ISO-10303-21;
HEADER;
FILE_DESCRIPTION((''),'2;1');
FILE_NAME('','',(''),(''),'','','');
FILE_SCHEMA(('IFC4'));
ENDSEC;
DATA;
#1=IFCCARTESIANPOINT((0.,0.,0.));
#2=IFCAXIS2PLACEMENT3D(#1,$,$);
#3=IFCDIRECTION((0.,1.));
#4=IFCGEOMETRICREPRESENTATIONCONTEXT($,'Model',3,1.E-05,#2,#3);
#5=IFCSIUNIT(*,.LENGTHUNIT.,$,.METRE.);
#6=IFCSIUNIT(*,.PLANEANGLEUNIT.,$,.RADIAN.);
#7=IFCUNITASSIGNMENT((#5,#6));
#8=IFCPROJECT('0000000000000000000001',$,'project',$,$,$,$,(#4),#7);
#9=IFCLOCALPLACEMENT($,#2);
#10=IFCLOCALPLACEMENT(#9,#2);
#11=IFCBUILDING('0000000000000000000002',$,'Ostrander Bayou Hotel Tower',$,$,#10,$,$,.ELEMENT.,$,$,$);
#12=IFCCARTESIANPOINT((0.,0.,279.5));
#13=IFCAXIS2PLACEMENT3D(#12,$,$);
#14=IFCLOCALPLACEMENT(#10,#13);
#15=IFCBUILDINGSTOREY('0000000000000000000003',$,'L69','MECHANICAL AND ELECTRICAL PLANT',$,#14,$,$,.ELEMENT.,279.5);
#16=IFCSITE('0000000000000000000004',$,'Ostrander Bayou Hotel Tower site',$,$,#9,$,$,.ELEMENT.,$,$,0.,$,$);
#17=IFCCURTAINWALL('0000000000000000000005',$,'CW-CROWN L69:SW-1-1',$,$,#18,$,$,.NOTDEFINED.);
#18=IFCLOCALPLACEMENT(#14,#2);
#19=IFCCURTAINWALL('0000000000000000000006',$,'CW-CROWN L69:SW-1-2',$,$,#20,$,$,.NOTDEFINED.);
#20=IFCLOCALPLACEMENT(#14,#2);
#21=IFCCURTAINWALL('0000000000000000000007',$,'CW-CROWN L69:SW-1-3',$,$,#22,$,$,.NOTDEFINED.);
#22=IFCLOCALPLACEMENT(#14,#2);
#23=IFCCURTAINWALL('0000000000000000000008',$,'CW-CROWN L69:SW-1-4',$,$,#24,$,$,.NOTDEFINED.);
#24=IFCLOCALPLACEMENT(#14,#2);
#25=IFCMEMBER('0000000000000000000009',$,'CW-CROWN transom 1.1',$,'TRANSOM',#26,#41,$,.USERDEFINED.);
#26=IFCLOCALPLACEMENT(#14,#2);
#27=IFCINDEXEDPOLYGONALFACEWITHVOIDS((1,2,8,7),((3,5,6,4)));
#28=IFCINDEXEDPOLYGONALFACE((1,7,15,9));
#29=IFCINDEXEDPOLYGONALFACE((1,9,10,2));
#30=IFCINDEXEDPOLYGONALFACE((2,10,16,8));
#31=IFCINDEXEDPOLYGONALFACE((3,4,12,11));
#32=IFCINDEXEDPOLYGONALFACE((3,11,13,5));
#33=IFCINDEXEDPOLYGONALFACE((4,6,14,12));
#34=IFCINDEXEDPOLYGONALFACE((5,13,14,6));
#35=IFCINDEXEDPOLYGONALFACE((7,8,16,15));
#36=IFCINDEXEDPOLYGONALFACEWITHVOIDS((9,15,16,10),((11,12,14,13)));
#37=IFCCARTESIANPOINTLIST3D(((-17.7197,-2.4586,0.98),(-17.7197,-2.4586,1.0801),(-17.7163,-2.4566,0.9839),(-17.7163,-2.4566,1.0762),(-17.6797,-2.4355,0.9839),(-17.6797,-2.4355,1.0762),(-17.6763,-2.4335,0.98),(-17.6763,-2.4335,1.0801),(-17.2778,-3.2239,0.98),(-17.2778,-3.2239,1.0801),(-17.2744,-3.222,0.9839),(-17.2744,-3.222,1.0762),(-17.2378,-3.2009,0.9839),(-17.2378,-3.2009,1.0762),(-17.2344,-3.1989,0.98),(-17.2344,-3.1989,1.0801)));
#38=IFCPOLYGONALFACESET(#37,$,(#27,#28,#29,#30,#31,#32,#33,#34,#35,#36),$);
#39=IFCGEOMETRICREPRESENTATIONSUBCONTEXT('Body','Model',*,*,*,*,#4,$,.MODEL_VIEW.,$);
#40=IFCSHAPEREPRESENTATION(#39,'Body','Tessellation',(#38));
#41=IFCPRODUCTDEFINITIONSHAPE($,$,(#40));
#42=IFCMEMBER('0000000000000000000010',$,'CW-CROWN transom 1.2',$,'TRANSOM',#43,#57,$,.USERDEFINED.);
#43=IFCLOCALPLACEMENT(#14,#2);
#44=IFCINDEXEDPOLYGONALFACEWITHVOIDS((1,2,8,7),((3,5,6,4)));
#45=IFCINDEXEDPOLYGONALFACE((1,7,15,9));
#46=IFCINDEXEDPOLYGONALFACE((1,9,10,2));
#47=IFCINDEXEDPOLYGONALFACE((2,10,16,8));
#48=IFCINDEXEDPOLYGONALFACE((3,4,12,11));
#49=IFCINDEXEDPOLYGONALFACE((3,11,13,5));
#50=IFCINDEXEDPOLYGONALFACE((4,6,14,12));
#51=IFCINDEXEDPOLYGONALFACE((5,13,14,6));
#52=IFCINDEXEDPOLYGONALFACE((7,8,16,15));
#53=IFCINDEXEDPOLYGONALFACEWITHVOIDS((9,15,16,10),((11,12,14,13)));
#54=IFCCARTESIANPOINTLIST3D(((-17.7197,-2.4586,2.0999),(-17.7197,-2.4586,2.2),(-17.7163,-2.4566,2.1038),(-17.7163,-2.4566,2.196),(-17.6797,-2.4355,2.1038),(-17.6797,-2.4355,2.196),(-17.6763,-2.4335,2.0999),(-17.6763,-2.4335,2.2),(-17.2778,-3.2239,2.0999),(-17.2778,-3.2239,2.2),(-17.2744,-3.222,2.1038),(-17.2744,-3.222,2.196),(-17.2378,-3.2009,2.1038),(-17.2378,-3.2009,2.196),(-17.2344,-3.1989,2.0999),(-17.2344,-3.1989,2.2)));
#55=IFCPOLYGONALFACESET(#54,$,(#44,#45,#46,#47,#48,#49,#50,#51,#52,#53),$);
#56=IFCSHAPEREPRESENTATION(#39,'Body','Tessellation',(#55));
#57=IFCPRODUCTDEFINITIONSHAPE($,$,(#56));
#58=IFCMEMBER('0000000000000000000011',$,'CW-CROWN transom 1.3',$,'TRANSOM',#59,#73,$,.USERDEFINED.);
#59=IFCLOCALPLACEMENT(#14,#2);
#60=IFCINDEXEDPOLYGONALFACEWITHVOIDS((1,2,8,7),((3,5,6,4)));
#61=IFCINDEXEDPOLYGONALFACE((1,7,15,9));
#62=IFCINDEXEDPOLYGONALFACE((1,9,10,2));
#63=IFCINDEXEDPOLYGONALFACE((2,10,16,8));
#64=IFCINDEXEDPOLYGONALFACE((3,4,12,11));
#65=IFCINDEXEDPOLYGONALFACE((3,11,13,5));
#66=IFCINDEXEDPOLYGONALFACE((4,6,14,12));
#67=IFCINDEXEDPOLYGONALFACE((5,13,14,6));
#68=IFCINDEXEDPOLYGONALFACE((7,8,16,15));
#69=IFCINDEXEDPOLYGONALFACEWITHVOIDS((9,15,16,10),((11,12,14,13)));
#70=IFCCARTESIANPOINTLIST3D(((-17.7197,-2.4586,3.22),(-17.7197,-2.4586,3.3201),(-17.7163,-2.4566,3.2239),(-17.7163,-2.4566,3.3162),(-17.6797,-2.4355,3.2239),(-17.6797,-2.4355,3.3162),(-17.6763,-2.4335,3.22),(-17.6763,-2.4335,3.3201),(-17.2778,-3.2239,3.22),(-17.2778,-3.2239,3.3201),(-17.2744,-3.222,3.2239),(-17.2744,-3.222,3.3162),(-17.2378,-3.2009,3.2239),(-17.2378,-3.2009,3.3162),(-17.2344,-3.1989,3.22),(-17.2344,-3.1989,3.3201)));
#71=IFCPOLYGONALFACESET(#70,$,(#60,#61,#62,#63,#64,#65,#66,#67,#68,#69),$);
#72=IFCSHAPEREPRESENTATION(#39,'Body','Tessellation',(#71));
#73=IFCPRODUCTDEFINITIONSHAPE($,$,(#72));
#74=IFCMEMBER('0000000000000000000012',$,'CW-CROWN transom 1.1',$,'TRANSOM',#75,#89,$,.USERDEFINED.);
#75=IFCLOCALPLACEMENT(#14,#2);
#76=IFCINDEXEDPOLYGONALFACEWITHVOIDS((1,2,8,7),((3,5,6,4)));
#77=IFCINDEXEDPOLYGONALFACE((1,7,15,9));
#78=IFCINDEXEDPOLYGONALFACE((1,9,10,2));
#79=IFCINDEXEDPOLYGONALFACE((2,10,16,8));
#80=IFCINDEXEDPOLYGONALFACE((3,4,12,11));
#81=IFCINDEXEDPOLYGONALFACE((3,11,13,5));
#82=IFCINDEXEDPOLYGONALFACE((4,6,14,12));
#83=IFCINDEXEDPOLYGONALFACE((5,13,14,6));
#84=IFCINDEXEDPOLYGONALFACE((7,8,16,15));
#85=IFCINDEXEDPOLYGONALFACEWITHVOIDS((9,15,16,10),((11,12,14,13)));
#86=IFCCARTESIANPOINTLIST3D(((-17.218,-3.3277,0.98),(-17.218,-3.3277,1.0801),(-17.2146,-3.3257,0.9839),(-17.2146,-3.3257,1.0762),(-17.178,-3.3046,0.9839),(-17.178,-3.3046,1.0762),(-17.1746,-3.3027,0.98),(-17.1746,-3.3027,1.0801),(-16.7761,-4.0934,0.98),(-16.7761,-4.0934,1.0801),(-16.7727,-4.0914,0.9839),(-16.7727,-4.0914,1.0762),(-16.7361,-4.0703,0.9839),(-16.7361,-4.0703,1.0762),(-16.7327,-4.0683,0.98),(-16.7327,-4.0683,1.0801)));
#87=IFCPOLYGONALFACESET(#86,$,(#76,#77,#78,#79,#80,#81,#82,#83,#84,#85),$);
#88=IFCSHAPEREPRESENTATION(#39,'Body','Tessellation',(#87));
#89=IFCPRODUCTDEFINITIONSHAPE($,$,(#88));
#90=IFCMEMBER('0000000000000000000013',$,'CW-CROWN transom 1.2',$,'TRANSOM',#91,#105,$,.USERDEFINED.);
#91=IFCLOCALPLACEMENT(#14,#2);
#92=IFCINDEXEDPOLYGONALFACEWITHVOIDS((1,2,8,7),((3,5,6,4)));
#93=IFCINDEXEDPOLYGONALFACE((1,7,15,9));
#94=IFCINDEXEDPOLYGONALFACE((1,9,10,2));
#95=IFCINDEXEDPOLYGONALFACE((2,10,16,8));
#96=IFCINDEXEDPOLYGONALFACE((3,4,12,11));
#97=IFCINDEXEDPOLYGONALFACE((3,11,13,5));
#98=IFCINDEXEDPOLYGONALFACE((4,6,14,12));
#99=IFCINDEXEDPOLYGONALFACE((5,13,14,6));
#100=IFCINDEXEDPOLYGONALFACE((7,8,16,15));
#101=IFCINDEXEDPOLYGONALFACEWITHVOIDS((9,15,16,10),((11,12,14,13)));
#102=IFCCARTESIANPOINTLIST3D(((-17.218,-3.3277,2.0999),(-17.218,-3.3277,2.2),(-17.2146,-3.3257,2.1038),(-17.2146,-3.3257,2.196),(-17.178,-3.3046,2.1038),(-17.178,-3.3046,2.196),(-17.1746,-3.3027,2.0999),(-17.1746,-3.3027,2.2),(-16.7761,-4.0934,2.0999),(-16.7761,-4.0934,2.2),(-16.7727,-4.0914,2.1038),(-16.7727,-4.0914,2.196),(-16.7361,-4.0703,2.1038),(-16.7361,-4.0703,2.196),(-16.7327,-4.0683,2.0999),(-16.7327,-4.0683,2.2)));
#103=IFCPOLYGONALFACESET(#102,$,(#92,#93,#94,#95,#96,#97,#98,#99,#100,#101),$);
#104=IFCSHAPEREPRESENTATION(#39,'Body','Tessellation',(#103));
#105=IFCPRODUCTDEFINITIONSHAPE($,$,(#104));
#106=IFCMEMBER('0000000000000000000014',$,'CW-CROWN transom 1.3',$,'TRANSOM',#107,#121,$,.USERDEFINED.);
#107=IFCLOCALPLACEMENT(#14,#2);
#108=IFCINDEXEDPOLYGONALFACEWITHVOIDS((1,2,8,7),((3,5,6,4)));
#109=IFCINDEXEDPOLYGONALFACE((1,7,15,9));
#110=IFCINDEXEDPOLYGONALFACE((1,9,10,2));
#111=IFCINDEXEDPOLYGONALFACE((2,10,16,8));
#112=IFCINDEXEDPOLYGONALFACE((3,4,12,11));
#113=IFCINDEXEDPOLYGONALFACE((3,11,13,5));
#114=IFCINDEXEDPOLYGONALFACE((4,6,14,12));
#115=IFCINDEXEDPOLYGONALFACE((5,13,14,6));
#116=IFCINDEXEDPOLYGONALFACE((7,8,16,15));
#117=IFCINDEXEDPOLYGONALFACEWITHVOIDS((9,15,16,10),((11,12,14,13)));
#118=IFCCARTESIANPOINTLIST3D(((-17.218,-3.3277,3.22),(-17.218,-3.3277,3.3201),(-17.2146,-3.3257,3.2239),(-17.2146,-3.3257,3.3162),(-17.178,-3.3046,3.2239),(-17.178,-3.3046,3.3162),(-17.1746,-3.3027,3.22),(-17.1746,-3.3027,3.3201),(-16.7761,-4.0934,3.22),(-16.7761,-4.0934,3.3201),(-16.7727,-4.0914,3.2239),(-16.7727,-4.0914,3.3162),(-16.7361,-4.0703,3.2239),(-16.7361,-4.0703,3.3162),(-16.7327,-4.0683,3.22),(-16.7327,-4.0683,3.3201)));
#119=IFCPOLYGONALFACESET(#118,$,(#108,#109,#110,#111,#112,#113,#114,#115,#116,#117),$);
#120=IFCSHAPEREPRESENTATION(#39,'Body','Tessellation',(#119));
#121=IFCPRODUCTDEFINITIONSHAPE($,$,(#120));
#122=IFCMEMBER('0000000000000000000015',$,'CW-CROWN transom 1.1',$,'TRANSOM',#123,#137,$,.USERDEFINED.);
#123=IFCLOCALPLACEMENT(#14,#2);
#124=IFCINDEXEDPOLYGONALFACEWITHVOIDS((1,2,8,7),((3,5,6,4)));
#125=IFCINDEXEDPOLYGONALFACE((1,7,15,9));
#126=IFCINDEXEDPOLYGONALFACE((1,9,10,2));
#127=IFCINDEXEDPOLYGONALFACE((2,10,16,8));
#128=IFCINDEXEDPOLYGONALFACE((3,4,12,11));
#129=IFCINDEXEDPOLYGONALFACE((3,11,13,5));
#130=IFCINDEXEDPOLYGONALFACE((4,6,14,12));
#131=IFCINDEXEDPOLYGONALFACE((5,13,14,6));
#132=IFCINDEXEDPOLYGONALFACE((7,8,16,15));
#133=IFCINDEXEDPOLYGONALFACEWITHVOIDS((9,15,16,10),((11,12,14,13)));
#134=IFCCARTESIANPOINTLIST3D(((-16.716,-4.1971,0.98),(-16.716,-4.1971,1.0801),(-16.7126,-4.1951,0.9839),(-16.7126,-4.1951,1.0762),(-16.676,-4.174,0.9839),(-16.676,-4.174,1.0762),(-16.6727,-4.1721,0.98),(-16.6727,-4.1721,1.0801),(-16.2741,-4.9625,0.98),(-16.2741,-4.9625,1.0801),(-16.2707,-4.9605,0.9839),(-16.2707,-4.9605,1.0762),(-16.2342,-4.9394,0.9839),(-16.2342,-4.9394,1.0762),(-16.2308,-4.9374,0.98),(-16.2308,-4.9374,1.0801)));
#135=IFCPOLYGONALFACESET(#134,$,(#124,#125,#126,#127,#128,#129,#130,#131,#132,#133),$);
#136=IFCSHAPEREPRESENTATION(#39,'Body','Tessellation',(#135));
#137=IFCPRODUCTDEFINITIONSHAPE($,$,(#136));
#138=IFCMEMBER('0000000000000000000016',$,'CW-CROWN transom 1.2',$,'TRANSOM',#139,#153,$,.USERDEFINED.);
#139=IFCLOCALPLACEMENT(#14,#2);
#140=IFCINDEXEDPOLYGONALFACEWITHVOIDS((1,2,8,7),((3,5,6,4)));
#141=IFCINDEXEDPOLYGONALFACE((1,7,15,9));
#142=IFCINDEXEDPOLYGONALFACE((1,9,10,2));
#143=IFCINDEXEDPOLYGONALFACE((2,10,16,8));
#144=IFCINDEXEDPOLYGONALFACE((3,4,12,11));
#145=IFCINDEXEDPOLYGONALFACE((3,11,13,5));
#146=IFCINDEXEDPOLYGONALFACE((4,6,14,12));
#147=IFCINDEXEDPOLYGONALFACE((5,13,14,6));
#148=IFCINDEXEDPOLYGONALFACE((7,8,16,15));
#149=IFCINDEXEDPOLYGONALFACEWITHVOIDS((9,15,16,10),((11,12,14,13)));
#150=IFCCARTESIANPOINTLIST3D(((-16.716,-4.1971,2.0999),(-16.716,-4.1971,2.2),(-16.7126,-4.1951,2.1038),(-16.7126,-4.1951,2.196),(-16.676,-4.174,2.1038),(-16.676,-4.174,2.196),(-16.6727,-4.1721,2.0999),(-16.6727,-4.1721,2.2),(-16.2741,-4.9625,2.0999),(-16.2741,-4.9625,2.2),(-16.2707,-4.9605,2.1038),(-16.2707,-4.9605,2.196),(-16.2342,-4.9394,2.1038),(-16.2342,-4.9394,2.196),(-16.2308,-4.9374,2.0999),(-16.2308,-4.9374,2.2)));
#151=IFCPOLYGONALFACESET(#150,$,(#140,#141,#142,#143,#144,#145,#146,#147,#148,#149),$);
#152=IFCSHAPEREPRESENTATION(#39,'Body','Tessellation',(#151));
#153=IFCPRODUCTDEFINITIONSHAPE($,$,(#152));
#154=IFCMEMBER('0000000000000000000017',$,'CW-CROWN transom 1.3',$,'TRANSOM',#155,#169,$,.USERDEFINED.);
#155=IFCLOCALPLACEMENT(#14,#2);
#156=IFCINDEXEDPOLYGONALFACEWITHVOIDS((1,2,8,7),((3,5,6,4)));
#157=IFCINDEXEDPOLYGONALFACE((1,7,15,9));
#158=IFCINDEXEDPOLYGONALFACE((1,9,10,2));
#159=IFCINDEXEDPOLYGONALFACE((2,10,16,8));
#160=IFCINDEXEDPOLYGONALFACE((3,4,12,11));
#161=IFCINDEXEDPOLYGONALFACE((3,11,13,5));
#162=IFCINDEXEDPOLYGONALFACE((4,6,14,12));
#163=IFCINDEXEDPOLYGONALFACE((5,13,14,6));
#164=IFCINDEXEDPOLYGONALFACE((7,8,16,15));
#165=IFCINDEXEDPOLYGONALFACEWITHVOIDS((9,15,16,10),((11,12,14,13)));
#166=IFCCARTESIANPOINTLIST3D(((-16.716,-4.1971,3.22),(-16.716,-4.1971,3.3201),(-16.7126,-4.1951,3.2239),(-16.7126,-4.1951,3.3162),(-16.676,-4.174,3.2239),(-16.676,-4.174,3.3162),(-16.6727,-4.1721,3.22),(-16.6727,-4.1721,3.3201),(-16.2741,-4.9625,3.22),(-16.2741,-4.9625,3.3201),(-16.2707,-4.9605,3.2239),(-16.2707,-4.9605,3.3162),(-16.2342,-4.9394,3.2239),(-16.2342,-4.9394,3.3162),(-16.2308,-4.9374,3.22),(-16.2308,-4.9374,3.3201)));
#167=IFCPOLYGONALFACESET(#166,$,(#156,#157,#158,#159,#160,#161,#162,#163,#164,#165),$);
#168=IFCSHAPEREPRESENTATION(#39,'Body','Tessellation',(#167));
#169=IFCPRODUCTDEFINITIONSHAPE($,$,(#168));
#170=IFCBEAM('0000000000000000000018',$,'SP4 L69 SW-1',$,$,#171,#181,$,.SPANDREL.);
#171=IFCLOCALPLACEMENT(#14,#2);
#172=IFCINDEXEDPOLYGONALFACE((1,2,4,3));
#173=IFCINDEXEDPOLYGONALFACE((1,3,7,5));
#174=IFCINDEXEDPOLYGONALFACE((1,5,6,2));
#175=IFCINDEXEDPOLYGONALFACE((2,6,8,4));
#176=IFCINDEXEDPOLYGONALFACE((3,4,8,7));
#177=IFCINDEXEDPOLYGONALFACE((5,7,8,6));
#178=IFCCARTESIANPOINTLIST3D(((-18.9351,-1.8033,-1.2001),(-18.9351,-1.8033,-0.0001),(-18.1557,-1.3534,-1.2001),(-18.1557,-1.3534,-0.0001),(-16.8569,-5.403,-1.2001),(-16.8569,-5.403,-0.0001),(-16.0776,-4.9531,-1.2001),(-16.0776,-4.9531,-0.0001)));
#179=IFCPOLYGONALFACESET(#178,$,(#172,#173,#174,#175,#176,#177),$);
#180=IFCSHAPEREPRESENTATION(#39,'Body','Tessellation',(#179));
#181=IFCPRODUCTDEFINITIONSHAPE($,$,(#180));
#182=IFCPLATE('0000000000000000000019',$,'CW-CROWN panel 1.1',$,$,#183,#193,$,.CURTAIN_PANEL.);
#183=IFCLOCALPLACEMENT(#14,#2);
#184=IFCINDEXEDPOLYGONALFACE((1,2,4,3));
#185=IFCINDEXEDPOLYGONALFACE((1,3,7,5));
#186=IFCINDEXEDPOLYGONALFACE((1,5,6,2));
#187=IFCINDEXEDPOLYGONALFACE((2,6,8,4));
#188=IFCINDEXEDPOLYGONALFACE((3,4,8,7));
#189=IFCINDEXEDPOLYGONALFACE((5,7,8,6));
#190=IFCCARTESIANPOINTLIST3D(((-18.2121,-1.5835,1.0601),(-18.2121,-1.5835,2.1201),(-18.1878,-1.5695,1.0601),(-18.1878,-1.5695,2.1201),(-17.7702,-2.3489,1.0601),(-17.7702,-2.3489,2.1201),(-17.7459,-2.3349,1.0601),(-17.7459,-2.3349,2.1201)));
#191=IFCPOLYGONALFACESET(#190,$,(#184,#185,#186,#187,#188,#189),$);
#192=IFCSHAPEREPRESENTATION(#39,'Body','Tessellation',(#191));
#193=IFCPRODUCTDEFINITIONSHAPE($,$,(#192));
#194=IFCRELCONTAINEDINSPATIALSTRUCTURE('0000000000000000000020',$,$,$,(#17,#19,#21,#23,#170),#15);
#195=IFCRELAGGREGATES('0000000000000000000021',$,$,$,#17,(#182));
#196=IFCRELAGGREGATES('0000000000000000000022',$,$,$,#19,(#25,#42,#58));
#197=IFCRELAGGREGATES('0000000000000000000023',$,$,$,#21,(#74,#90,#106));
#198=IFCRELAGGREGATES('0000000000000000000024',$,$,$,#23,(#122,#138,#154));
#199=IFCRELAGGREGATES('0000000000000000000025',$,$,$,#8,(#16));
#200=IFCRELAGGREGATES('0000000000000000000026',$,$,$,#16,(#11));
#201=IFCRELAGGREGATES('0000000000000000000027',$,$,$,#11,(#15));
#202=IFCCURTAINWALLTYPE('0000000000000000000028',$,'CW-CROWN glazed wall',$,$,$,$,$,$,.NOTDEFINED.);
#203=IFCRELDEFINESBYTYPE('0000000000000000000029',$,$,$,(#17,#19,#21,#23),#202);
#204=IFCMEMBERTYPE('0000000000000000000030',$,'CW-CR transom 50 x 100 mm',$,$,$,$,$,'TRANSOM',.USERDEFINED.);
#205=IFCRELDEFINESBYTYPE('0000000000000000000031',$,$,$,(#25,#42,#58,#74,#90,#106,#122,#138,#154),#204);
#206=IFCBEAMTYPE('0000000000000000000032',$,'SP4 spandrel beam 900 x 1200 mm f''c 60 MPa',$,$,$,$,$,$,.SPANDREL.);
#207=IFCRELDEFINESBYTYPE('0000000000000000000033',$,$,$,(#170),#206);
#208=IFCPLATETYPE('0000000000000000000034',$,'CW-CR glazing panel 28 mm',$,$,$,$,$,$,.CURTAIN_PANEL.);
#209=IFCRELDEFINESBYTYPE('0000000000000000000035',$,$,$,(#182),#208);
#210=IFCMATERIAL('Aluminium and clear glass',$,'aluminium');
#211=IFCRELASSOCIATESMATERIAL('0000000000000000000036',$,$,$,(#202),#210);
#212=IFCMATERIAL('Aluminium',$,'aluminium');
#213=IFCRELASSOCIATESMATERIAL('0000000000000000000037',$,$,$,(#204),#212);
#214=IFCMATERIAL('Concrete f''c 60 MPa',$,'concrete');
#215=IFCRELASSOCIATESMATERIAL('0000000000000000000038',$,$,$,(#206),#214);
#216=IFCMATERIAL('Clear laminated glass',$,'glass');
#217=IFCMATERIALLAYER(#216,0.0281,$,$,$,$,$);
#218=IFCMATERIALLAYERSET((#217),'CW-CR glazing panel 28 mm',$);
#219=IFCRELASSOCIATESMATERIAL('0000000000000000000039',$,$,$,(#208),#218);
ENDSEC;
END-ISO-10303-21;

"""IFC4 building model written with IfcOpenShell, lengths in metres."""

from ifc_helpers import new_model, si_unit, direction, frame, origin, origin_2d, place, context, subcontext, project, spatial, rectangle, hollow_rectangle, extrude, material, layer, layer_set, material_profile, profile_set, type_object, element, aggregate, save


model = new_model("IFC4")

# Units and contexts
model_context = context("Model", 3, precision=1e-05, world=origin(), true_north=direction((0.0, 1.0)))
body_context = subcontext(model_context, "Body", "Model", "MODEL_VIEW")
ifc_project = project(units=[si_unit("LENGTHUNIT", "METRE"), si_unit("PLANEANGLEUNIT", "RADIAN")], contexts=[model_context])

# Site, building, storey
site_placement = place(None, origin())
site = spatial("IfcSite", under=ifc_project, at=site_placement, Name="Ostrander Bayou Hotel Tower site", CompositionType="ELEMENT", RefElevation=0.0)
building_placement = place(site_placement, origin())
building = spatial("IfcBuilding", under=site, at=building_placement, Name="Ostrander Bayou Hotel Tower", CompositionType="ELEMENT")
storey_placement = place(building_placement, frame((0.0, 0.0, 279.5)))
storey = spatial("IfcBuildingStorey", under=building, at=storey_placement, Name="L69", Description="MECHANICAL AND ELECTRICAL PLANT", CompositionType="ELEMENT", Elevation=279.5)

# Curtain walls
ifc_material_1 = material(Name="Aluminium and clear glass", Category="aluminium")
curtain_wall_type = type_object("IfcCurtainWallType", Name="CW-CROWN glazed wall", PredefinedType="NOTDEFINED", material=ifc_material_1)
curtain_wall_1_placement = place(storey_placement, origin())
curtain_wall_1 = element("IfcCurtainWall", 1, at=curtain_wall_1_placement, inside=storey, type_object=curtain_wall_type, Name="CW-CROWN L69:SW-1-1", PredefinedType="NOTDEFINED")
curtain_wall_2_placement = place(storey_placement, origin())
curtain_wall_2 = element("IfcCurtainWall", 2, at=curtain_wall_2_placement, inside=storey, type_object=curtain_wall_type, Name="CW-CROWN L69:SW-1-2", PredefinedType="NOTDEFINED")
curtain_wall_3_placement = place(storey_placement, origin())
curtain_wall_3 = element("IfcCurtainWall", 3, at=curtain_wall_3_placement, inside=storey, type_object=curtain_wall_type, Name="CW-CROWN L69:SW-1-3", PredefinedType="NOTDEFINED")

# Curtain wall
curtain_wall_4_placement = place(storey_placement, origin())
curtain_wall_4 = element("IfcCurtainWall", 4, at=curtain_wall_4_placement, inside=storey, type_object=curtain_wall_type, Name="CW-CROWN L69:SW-1-4", PredefinedType="NOTDEFINED")

# Members
ifc_material_2 = material(Name="Aluminium", Category="aluminium")
ifc_material_profile_1 = material_profile(ifc_material_2, hollow_rectangle(XDim=0.05, YDim=0.1001, WallThickness=0.0039, at=origin_2d()))
ifc_profile_set_1 = profile_set([ifc_material_profile_1], Name="Aluminium")
member_type_1 = type_object("IfcMemberType", Name="CW-CR transom 50 x 100 mm", ElementType="TRANSOM", PredefinedType="USERDEFINED", material=ifc_profile_set_1)
member_1_placement = place(storey_placement, frame((-17.698, -2.446, 1.03), z_axis=(0.500001, -0.866025, 0.0), x_axis=(0.866025, 0.500001, 0.0)))
member_1 = element("IfcMember", 5, at=member_1_placement, type_object=member_type_1, Name="CW-CROWN transom 1.1", ObjectType="TRANSOM", PredefinedType="USERDEFINED", context=body_context, shape_type="SweptSolid", body=[
    extrude(hollow_rectangle(XDim=0.05, YDim=0.1001, WallThickness=0.0039, at=origin_2d()), origin(), (0.0, 0.0, 1.0), 0.8838),
])
member_2_placement = place(storey_placement, frame((-17.698, -2.446, 2.1499), z_axis=(0.500001, -0.866025, 0.0), x_axis=(0.866025, 0.500001, 0.0)))
member_2 = element("IfcMember", 6, at=member_2_placement, type_object=member_type_1, Name="CW-CROWN transom 1.2", ObjectType="TRANSOM", PredefinedType="USERDEFINED", context=body_context, shape_type="SweptSolid", body=[
    extrude(hollow_rectangle(XDim=0.05, YDim=0.1001, WallThickness=0.0039, at=origin_2d()), origin(), (0.0, 0.0, 1.0), 0.8838),
])
member_3_placement = place(storey_placement, frame((-17.698, -2.446, 3.27), z_axis=(0.500001, -0.866025, 0.0), x_axis=(0.866025, 0.500001, 0.0)))
member_3 = element("IfcMember", 7, at=member_3_placement, type_object=member_type_1, Name="CW-CROWN transom 1.3", ObjectType="TRANSOM", PredefinedType="USERDEFINED", context=body_context, shape_type="SweptSolid", body=[
    extrude(hollow_rectangle(XDim=0.05, YDim=0.1001, WallThickness=0.0039, at=origin_2d()), origin(), (0.0, 0.0, 1.0), 0.8838),
])
member_4_placement = place(storey_placement, frame((-17.1963, -3.3152, 1.03), z_axis=(0.499882, -0.866094, 0.0), x_axis=(0.866094, 0.499882, 0.0)))
member_4 = element("IfcMember", 8, at=member_4_placement, type_object=member_type_1, Name="CW-CROWN transom 1.1", ObjectType="TRANSOM", PredefinedType="USERDEFINED", context=body_context, shape_type="SweptSolid", body=[
    extrude(hollow_rectangle(XDim=0.05, YDim=0.1001, WallThickness=0.0039, at=origin_2d()), origin(), (0.0, 0.0, 1.0), 0.884),
])
member_5_placement = place(storey_placement, frame((-17.1963, -3.3152, 2.1499), z_axis=(0.499882, -0.866094, 0.0), x_axis=(0.866094, 0.499882, 0.0)))
member_5 = element("IfcMember", 9, at=member_5_placement, type_object=member_type_1, Name="CW-CROWN transom 1.2", ObjectType="TRANSOM", PredefinedType="USERDEFINED", context=body_context, shape_type="SweptSolid", body=[
    extrude(hollow_rectangle(XDim=0.05, YDim=0.1001, WallThickness=0.0039, at=origin_2d()), origin(), (0.0, 0.0, 1.0), 0.884),
])
member_6_placement = place(storey_placement, frame((-17.1963, -3.3152, 3.27), z_axis=(0.499882, -0.866094, 0.0), x_axis=(0.866094, 0.499882, 0.0)))
member_6 = element("IfcMember", 10, at=member_6_placement, type_object=member_type_1, Name="CW-CROWN transom 1.3", ObjectType="TRANSOM", PredefinedType="USERDEFINED", context=body_context, shape_type="SweptSolid", body=[
    extrude(hollow_rectangle(XDim=0.05, YDim=0.1001, WallThickness=0.0039, at=origin_2d()), origin(), (0.0, 0.0, 1.0), 0.884),
])
member_7_placement = place(storey_placement, frame((-16.6943, -4.1846, 1.03), z_axis=(0.500001, -0.866025, 0.0), x_axis=(0.866025, 0.500001, 0.0)))
member_7 = element("IfcMember", 11, at=member_7_placement, type_object=member_type_1, Name="CW-CROWN transom 1.1", ObjectType="TRANSOM", PredefinedType="USERDEFINED", context=body_context, shape_type="SweptSolid", body=[
    extrude(hollow_rectangle(XDim=0.05, YDim=0.1001, WallThickness=0.0039, at=origin_2d()), origin(), (0.0, 0.0, 1.0), 0.8838),
])
member_8_placement = place(storey_placement, frame((-16.6943, -4.1846, 2.1499), z_axis=(0.500001, -0.866025, 0.0), x_axis=(0.866025, 0.500001, 0.0)))
member_8 = element("IfcMember", 12, at=member_8_placement, type_object=member_type_1, Name="CW-CROWN transom 1.2", ObjectType="TRANSOM", PredefinedType="USERDEFINED", context=body_context, shape_type="SweptSolid", body=[
    extrude(hollow_rectangle(XDim=0.05, YDim=0.1001, WallThickness=0.0039, at=origin_2d()), origin(), (0.0, 0.0, 1.0), 0.8838),
])
member_9_placement = place(storey_placement, frame((-16.6943, -4.1846, 3.27), z_axis=(0.500001, -0.866025, 0.0), x_axis=(0.866025, 0.500001, 0.0)))
member_9 = element("IfcMember", 13, at=member_9_placement, type_object=member_type_1, Name="CW-CROWN transom 1.3", ObjectType="TRANSOM", PredefinedType="USERDEFINED", context=body_context, shape_type="SweptSolid", body=[
    extrude(hollow_rectangle(XDim=0.05, YDim=0.1001, WallThickness=0.0039, at=origin_2d()), origin(), (0.0, 0.0, 1.0), 0.8838),
])

# Beam
ifc_material_3 = material(Name="Concrete f'c 60 MPa", Category="concrete")
ifc_material_profile_2 = material_profile(ifc_material_3, rectangle(XDim=0.8999, YDim=1.2, at=origin_2d()))
ifc_profile_set_2 = profile_set([ifc_material_profile_2], Name="Concrete f'c 60 MPa")
beam_type = type_object("IfcBeamType", Name="SP4 spandrel beam 900 x 1200 mm f'c 60 MPa", PredefinedType="SPANDREL", material=ifc_profile_set_2)
beam_placement = place(storey_placement, frame((-18.5454, -1.5784, -0.6001), z_axis=(0.49998, -0.866037, 0.0), x_axis=(0.866037, 0.49998, 0.0)))
element("IfcBeam", 14, at=beam_placement, inside=storey, type_object=beam_type, Name="SP4 L69 SW-1", PredefinedType="SPANDREL", context=body_context, shape_type="SweptSolid", body=[
    extrude(rectangle(XDim=0.8999, YDim=1.2, at=origin_2d()), origin(), (0.0, 0.0, 1.0), 4.1565),
])

# Plate
ifc_material_4 = material(Name="Clear laminated glass", Category="glass")
ifc_layer_1 = layer(ifc_material_4, 0.0281)
ifc_layer_set_1 = layer_set([ifc_layer_1], Name="CW-CR glazing panel 28 mm")
plate_type = type_object("IfcPlateType", Name="CW-CR glazing panel 28 mm", PredefinedType="CURTAIN_PANEL", material=ifc_layer_set_1)
plate_1_placement = place(storey_placement, frame((-17.979, -1.9592, 1.0601), z_axis=(0.0, 0.0, 1.0), x_axis=(0.499964, -0.866046, 0.0)))
plate_1 = element("IfcPlate", 15, at=plate_1_placement, type_object=plate_type, Name="CW-CROWN panel 1.1", PredefinedType="CURTAIN_PANEL", context=body_context, shape_type="SweptSolid", body=[
    extrude(rectangle(XDim=0.8838, YDim=0.0281, at=origin_2d()), origin(), (0.0, 0.0, 1.0), 1.0601),
])
aggregate(curtain_wall_1, [plate_1])
aggregate(curtain_wall_2, [member_1, member_2, member_3])
aggregate(curtain_wall_3, [member_4, member_5, member_6])
aggregate(curtain_wall_4, [member_7, member_8, member_9])

save(model, "model.ifc")
